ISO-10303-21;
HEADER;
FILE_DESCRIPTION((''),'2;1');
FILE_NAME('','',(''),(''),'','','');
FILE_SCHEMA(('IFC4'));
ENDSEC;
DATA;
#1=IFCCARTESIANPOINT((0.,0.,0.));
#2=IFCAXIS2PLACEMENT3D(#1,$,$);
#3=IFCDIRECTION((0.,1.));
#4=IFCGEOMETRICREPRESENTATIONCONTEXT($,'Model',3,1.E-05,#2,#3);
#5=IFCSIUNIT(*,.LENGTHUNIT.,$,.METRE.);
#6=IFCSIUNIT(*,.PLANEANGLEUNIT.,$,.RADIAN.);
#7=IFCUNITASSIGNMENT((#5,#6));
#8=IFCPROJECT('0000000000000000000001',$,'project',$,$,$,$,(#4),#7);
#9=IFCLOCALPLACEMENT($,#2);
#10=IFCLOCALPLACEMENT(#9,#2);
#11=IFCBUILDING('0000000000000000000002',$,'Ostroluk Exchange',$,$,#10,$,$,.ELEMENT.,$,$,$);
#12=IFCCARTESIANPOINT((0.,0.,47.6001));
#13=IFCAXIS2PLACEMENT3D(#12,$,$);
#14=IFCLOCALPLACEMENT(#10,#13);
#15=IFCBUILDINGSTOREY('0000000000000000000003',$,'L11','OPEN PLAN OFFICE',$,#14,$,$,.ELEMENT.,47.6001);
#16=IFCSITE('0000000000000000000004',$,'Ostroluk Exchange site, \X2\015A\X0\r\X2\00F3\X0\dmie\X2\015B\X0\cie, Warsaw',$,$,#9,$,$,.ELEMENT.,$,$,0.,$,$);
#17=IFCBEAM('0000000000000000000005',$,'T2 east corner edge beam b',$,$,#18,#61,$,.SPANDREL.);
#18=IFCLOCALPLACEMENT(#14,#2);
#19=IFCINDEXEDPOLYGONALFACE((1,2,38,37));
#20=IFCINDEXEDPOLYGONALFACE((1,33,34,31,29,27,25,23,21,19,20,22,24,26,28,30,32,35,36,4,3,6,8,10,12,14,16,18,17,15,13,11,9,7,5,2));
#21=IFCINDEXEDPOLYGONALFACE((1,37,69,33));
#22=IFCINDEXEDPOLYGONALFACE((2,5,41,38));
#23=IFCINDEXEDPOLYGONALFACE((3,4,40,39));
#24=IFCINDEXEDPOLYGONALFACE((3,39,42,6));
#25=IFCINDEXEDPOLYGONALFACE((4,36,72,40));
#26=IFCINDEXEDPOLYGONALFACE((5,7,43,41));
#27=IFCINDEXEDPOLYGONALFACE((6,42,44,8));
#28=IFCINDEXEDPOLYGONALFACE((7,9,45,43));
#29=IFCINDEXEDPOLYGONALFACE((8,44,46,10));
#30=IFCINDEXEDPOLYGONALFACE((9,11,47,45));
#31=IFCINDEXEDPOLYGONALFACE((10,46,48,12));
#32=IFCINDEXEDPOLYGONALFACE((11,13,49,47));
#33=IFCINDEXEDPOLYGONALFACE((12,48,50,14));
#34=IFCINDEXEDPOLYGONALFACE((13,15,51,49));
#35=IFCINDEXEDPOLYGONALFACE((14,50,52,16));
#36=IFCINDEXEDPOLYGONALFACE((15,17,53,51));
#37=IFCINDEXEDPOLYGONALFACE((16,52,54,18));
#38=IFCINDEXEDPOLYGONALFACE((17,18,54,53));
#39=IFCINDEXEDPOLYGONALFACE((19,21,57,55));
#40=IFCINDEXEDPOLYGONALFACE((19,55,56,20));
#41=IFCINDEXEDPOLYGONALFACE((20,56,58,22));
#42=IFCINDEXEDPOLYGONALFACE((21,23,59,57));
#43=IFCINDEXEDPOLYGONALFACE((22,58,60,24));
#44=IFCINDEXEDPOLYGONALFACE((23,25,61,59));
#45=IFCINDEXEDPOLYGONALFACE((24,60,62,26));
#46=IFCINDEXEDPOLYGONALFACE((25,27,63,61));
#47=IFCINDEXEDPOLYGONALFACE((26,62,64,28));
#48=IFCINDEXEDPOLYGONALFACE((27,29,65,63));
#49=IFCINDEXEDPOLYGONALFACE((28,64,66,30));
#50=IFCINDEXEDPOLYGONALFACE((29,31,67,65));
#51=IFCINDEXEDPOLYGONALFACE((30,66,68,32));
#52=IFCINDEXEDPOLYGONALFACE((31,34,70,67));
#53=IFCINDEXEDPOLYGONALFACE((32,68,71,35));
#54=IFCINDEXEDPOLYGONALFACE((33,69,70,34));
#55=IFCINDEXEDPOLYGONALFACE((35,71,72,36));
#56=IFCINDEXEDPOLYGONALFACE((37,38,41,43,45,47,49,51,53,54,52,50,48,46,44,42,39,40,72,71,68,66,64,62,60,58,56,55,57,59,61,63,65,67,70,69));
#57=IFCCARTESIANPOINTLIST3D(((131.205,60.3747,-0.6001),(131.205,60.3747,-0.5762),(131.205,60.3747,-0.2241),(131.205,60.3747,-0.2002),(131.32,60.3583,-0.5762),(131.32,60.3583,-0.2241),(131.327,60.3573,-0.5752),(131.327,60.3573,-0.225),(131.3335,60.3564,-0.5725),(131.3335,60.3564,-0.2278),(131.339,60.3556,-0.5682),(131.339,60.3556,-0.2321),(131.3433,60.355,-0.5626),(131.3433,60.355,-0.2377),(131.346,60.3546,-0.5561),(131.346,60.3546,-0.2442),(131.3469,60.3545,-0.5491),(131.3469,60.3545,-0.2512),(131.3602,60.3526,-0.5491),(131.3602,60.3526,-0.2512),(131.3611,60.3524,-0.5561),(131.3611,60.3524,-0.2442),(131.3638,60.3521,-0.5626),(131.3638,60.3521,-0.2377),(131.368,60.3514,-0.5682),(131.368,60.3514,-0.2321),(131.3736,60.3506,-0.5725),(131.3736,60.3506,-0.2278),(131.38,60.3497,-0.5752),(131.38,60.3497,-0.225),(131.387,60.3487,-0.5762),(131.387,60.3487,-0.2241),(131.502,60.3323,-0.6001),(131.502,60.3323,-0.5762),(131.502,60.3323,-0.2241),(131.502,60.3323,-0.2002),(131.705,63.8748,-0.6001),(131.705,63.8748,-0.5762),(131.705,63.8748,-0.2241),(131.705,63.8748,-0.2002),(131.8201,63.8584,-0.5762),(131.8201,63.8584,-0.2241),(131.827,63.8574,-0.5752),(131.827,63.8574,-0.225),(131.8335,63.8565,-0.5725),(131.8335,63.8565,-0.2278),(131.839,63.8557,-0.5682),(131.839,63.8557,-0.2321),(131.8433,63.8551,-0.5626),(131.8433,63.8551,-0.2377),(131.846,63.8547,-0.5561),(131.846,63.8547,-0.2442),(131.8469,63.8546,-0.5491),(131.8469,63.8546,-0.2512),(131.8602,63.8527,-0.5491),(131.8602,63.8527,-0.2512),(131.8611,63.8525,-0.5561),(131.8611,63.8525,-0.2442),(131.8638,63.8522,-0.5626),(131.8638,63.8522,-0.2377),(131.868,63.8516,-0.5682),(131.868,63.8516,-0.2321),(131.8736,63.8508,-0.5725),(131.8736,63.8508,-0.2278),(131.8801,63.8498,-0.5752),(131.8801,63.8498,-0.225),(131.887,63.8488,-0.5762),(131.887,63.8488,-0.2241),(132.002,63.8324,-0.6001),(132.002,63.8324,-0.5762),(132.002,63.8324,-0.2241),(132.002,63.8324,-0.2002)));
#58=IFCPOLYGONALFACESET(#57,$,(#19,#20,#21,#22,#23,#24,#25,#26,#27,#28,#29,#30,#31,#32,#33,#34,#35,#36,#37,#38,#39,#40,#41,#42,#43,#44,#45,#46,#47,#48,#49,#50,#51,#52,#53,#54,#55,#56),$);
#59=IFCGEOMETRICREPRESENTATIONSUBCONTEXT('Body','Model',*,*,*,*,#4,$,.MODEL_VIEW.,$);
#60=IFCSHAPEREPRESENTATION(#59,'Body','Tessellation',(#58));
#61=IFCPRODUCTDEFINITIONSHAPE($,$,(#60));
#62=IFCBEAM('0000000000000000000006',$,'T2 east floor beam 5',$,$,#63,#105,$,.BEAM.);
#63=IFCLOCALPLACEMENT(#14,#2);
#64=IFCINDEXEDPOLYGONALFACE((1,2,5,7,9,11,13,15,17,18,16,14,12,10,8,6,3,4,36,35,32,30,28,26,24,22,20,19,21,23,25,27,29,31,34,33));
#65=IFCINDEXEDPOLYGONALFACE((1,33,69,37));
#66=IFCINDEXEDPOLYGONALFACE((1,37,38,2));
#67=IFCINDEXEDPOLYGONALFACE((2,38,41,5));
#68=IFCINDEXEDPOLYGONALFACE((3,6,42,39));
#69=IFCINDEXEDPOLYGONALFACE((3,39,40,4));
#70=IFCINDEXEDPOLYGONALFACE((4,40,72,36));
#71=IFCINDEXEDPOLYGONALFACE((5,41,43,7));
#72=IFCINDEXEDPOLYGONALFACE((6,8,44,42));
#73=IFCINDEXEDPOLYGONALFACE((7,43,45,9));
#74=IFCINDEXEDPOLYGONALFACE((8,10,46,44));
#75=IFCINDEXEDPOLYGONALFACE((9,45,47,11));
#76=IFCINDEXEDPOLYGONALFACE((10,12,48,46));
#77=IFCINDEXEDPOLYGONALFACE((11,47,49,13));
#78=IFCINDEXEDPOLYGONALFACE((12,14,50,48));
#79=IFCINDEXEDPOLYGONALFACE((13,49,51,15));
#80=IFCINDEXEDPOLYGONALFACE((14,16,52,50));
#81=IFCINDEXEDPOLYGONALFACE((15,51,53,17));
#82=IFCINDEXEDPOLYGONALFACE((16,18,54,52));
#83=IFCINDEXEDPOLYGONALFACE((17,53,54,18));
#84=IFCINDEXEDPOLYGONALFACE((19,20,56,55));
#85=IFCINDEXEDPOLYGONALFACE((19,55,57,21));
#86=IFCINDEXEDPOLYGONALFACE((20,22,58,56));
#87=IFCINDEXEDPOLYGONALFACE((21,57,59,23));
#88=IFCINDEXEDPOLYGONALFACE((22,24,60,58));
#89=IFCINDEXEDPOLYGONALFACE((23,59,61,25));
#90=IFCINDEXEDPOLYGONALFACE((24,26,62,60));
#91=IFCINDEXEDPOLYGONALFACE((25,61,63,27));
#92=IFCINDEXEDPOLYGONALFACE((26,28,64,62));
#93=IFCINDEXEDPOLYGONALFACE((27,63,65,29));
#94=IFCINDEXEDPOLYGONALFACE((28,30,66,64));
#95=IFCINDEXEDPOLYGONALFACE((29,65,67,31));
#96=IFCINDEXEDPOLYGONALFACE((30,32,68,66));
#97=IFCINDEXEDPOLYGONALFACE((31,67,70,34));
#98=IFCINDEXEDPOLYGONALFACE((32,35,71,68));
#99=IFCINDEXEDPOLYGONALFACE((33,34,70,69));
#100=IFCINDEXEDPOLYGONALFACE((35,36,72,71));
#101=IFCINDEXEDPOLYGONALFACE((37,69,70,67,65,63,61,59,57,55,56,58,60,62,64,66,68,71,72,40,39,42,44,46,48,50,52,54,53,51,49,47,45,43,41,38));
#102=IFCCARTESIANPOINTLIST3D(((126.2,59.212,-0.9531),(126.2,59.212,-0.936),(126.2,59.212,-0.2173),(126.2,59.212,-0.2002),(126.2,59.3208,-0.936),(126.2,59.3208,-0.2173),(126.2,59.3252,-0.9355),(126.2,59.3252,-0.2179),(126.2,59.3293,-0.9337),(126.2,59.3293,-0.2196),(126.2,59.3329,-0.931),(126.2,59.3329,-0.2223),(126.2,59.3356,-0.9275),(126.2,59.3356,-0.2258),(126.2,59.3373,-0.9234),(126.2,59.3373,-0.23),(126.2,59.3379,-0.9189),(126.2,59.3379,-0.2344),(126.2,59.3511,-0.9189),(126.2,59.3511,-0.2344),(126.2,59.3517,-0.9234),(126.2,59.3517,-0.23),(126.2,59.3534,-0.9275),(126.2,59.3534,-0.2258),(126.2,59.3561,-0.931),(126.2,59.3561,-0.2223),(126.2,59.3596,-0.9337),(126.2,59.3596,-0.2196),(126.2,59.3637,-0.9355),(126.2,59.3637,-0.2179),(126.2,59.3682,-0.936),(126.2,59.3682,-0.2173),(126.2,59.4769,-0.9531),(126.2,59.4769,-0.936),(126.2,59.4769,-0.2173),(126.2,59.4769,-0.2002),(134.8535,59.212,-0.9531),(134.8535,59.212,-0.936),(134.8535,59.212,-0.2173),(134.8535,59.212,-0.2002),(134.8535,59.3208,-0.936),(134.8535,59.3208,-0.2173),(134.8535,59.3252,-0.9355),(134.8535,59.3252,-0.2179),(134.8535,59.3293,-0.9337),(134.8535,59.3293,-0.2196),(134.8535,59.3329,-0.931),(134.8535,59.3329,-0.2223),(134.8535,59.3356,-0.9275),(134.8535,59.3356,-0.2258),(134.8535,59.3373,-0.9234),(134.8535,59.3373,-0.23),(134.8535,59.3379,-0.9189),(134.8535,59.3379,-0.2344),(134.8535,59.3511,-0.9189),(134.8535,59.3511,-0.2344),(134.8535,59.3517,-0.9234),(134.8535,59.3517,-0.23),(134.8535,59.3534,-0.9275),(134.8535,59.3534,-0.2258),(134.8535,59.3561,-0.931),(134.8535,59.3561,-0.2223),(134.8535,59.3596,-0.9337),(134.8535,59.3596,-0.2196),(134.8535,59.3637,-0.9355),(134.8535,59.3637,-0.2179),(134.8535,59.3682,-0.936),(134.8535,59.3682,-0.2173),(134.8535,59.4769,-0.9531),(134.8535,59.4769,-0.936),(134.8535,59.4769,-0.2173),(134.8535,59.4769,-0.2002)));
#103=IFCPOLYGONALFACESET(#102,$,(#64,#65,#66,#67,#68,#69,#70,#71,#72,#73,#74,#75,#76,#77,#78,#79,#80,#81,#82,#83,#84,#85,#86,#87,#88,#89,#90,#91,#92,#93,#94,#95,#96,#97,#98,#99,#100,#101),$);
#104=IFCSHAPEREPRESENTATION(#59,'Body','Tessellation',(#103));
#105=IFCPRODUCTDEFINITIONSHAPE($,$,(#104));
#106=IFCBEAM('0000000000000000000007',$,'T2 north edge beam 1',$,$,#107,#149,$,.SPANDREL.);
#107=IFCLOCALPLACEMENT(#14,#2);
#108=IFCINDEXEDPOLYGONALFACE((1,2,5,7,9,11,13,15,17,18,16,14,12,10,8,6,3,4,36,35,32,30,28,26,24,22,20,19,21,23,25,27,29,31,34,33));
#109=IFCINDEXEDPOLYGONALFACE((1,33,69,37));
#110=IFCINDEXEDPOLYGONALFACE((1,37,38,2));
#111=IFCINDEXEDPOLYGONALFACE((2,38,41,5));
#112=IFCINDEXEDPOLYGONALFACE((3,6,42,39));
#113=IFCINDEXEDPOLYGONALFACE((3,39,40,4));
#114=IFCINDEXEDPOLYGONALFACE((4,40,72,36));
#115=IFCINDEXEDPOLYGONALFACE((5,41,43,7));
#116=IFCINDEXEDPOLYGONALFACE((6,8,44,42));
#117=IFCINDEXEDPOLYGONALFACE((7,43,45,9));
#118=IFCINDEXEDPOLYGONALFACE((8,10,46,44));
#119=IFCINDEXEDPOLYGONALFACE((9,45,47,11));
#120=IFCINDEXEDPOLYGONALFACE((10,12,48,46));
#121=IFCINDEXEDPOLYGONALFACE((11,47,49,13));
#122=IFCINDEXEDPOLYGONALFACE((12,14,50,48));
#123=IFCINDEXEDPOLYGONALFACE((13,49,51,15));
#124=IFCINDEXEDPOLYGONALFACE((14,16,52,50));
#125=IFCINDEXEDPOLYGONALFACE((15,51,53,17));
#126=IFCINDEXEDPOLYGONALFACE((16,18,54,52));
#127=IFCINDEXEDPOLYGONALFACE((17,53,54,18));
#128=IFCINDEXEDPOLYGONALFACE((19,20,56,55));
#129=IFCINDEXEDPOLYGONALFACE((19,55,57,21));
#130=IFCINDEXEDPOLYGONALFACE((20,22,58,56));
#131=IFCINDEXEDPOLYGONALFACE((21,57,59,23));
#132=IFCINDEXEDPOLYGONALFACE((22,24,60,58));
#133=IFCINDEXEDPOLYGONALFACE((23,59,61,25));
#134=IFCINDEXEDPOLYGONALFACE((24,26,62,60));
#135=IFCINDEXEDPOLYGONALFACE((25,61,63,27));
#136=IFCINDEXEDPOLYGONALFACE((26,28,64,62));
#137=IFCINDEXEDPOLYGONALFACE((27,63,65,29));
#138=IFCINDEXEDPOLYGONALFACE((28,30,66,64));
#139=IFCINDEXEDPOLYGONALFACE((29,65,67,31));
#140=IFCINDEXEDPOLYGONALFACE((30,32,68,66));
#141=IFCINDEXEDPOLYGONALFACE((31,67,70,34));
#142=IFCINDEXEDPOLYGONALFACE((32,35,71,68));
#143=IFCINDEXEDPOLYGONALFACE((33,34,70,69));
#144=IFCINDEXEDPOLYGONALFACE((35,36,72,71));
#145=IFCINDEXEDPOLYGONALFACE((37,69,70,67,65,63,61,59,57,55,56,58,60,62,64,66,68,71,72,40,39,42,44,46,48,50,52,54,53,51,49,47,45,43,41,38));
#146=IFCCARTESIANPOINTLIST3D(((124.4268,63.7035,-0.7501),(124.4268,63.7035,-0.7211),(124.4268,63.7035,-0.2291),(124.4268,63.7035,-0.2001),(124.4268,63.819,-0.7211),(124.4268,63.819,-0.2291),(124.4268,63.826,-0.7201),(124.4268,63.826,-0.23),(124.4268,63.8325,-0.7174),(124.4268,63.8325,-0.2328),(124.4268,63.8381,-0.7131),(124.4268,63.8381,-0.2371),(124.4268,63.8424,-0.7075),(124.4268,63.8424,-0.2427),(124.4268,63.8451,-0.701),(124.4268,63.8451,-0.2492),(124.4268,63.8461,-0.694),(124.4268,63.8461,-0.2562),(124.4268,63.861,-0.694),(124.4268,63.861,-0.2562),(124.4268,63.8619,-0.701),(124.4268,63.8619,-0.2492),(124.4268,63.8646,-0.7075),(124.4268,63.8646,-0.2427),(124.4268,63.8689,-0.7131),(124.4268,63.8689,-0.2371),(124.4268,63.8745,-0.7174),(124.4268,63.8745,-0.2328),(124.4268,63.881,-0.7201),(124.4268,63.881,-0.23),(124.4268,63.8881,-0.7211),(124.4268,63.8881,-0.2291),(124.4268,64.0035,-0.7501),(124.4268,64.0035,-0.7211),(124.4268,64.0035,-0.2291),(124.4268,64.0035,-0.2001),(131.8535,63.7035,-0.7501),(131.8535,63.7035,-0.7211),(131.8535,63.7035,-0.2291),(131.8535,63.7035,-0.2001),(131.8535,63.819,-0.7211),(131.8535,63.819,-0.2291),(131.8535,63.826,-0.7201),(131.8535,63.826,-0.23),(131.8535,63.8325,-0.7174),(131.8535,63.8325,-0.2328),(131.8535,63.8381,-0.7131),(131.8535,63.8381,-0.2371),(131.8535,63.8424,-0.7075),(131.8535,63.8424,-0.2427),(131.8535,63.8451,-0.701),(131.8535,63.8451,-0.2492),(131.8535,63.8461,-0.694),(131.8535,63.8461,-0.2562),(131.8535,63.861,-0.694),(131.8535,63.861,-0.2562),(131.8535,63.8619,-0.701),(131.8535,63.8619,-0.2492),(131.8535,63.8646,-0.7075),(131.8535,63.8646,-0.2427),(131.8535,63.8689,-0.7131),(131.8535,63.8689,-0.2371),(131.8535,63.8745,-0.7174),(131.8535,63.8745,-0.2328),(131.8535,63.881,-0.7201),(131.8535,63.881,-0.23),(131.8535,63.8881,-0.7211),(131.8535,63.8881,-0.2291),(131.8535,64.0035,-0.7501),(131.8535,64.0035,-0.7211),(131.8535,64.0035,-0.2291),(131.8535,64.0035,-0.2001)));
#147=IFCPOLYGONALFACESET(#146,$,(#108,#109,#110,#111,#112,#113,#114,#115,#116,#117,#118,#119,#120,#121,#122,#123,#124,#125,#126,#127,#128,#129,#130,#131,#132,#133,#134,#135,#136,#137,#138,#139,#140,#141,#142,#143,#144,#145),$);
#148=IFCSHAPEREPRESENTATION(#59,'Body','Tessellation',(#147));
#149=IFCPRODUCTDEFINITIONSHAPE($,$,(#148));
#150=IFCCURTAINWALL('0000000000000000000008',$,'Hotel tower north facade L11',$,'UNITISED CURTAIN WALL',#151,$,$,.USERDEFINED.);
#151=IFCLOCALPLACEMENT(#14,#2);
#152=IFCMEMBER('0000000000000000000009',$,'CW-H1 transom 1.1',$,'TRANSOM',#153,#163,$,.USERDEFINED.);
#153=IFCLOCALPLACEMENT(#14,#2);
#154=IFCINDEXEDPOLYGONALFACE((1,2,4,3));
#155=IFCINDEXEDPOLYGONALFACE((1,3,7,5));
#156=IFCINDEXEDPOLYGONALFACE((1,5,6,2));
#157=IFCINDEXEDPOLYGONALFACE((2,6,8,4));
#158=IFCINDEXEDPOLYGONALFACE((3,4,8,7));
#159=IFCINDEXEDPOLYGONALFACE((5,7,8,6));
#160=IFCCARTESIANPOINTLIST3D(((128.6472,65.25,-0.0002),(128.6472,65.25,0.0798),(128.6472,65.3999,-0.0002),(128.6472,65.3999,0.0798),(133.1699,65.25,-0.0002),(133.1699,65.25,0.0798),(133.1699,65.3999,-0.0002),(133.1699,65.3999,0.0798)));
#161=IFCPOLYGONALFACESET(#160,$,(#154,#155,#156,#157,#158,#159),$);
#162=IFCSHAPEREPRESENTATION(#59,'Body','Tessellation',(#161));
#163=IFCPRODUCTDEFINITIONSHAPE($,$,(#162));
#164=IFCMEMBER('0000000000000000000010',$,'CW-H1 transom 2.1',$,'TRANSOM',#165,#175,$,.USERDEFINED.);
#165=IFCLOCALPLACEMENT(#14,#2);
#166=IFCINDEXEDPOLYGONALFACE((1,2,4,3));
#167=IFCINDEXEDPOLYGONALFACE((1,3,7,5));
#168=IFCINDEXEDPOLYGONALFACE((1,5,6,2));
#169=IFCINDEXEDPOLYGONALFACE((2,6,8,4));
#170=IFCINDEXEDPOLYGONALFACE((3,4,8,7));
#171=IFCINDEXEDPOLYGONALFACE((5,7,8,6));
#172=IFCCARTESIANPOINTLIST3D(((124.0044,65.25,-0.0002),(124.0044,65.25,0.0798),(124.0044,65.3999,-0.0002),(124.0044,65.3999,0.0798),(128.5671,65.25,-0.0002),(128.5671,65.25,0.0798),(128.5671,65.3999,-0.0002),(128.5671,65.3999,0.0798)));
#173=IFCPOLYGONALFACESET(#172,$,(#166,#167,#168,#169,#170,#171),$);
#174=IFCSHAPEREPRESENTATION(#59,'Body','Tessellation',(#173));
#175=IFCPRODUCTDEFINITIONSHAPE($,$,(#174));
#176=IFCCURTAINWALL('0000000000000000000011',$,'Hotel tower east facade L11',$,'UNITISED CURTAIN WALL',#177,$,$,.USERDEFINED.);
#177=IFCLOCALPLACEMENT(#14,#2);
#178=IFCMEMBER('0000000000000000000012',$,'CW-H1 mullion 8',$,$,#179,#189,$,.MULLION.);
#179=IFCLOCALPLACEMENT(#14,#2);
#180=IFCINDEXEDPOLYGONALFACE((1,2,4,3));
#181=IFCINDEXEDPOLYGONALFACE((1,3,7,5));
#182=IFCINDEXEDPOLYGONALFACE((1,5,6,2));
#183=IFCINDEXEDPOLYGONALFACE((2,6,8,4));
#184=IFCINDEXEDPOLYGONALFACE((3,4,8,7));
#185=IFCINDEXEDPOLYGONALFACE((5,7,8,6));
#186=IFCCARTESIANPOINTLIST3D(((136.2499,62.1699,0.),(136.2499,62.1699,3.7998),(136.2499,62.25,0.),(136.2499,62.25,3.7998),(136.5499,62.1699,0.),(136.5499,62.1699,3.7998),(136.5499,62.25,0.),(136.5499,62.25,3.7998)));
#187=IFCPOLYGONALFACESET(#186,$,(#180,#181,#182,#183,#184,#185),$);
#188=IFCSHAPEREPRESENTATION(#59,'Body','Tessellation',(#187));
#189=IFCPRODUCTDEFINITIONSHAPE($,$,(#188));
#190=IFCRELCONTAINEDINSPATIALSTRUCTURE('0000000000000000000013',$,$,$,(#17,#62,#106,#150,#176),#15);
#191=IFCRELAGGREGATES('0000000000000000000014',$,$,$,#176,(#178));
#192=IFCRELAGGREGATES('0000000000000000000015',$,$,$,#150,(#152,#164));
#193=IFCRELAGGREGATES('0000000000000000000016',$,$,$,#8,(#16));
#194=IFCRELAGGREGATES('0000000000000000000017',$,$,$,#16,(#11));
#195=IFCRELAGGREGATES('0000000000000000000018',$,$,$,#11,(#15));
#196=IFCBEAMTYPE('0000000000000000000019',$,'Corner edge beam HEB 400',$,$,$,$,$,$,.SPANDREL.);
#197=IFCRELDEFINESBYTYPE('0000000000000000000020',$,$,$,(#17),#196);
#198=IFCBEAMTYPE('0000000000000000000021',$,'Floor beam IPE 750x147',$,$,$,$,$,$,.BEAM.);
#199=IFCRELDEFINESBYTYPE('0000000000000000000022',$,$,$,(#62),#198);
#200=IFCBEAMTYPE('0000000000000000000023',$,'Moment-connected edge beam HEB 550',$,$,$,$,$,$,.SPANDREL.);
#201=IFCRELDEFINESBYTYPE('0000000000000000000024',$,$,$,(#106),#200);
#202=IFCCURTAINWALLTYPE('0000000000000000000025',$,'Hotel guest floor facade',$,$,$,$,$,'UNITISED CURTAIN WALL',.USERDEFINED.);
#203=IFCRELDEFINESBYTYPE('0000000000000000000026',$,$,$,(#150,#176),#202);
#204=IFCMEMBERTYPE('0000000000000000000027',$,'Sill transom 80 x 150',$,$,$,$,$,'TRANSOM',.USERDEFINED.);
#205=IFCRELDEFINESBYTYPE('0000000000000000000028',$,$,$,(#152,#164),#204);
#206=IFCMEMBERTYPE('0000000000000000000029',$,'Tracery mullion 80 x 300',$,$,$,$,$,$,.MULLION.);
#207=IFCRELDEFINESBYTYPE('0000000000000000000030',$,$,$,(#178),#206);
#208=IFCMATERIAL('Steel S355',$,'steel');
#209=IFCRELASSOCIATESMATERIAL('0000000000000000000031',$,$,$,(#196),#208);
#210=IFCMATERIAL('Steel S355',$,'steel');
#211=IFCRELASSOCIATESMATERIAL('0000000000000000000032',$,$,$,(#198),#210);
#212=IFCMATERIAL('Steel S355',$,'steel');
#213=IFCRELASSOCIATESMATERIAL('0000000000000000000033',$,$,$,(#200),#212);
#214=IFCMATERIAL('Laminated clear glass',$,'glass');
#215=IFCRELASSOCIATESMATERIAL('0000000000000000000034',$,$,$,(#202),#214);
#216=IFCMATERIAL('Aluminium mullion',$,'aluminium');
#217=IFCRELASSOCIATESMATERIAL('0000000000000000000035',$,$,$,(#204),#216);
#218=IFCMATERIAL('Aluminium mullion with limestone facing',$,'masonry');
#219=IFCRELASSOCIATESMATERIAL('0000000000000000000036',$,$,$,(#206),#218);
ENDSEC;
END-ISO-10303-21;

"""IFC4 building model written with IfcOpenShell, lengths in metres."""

from ifc_helpers import new_model, si_unit, direction, frame, origin, origin_2d, place, context, subcontext, project, spatial, rectangle, i_section, extrude, material, material_profile, profile_set, type_object, element, aggregate, save


model = new_model("IFC4")

# Units and contexts
model_context = context("Model", 3, precision=1e-05, world=origin(), true_north=direction((0.0, 1.0)))
body_context = subcontext(model_context, "Body", "Model", "MODEL_VIEW")
ifc_project = project(units=[si_unit("LENGTHUNIT", "METRE"), si_unit("PLANEANGLEUNIT", "RADIAN")], contexts=[model_context])

# Site, building, storey
site_placement = place(None, origin())
site = spatial("IfcSite", under=ifc_project, at=site_placement, Name="Ostroluk Exchange site, Śródmieście, Warsaw", CompositionType="ELEMENT", RefElevation=0.0)
building_placement = place(site_placement, origin())
building = spatial("IfcBuilding", under=site, at=building_placement, Name="Ostroluk Exchange", CompositionType="ELEMENT")
storey_placement = place(building_placement, frame((0.0, 0.0, 47.6001)))
storey = spatial("IfcBuildingStorey", under=building, at=storey_placement, Name="L11", Description="OPEN PLAN OFFICE", CompositionType="ELEMENT", Elevation=47.6001)

# Beams
ifc_material_1 = material(Name="Steel S355", Category="steel")
ifc_material_profile_1 = material_profile(ifc_material_1, i_section(OverallWidth=0.3, OverallDepth=0.3999, WebThickness=0.0134, FlangeThickness=0.0239, FilletRadius=0.0271, at=origin_2d()), Name="HEB 400")
ifc_profile_set_1 = profile_set([ifc_material_profile_1], Name="Steel S355")
beam_type_1 = type_object("IfcBeamType", Name="Corner edge beam HEB 400", PredefinedType="SPANDREL", material=ifc_profile_set_1)
for number, where, z_axis, x_axis, name in (
    (1, (131.3535, 60.3535, -0.4001), (0.141421, 0.989949, 0.0), (-0.989949, 0.141421, 0.0), "T2 east corner edge beam b"),
):
    element("IfcBeam", number, at=place(storey_placement, frame(where, z_axis=z_axis, x_axis=x_axis)), inside=storey, type_object=beam_type_1, Name=name, PredefinedType="SPANDREL", context=body_context, shape_type="SweptSolid", body=[
        extrude(i_section(OverallWidth=0.3, OverallDepth=0.3999, WebThickness=0.0134, FlangeThickness=0.0239, FilletRadius=0.0271, at=origin_2d()), origin(), (0.0, 0.0, 1.0), 3.5356),
    ])
ifc_material_2 = material(Name="Steel S355", Category="steel")
ifc_material_profile_2 = material_profile(ifc_material_2, i_section(OverallWidth=0.2649, OverallDepth=0.7529, WebThickness=0.0132, FlangeThickness=0.0171, FilletRadius=0.0171, at=origin_2d()), Name="IPE 750x147")
ifc_profile_set_2 = profile_set([ifc_material_profile_2], Name="Steel S355")
beam_type_2 = type_object("IfcBeamType", Name="Floor beam IPE 750x147", PredefinedType="BEAM", material=ifc_profile_set_2)
beam_1_placement = place(storey_placement, frame((126.2, 59.3445, -0.5767), z_axis=(1.0, 0.0, 0.0), x_axis=(0.0, 1.0, 0.0)))
element("IfcBeam", 2, at=beam_1_placement, inside=storey, type_object=beam_type_2, Name="T2 east floor beam 5", PredefinedType="BEAM", context=body_context, shape_type="SweptSolid", body=[
    extrude(i_section(OverallWidth=0.2649, OverallDepth=0.7529, WebThickness=0.0132, FlangeThickness=0.0171, FilletRadius=0.0171, at=origin_2d()), origin(), (0.0, 0.0, 1.0), 8.6536),
])
ifc_material_3 = material(Name="Steel S355", Category="steel")
ifc_material_profile_3 = material_profile(ifc_material_3, i_section(OverallWidth=0.3, OverallDepth=0.55, WebThickness=0.0149, FlangeThickness=0.0291, FilletRadius=0.0271, at=origin_2d()), Name="HEB 550")
ifc_profile_set_3 = profile_set([ifc_material_profile_3], Name="Steel S355")
beam_type_3 = type_object("IfcBeamType", Name="Moment-connected edge beam HEB 550", PredefinedType="SPANDREL", material=ifc_profile_set_3)
beam_2_placement = place(storey_placement, frame((131.8535, 63.8535, -0.4751), z_axis=(-1.0, 0.0, 0.0), x_axis=(0.0, -1.0, 0.0)))
element("IfcBeam", 3, at=beam_2_placement, inside=storey, type_object=beam_type_3, Name="T2 north edge beam 1", PredefinedType="SPANDREL", context=body_context, shape_type="SweptSolid", body=[
    extrude(i_section(OverallWidth=0.3, OverallDepth=0.55, WebThickness=0.0149, FlangeThickness=0.0291, FilletRadius=0.0271, at=origin_2d()), origin(), (0.0, 0.0, 1.0), 7.4268),
])

# Curtain wall, members
ifc_material_4 = material(Name="Laminated clear glass", Category="glass")
curtain_wall_type = type_object("IfcCurtainWallType", Name="Hotel guest floor facade", ElementType="UNITISED CURTAIN WALL", PredefinedType="USERDEFINED", material=ifc_material_4)
curtain_wall_1_placement = place(storey_placement, origin())
curtain_wall_1 = element("IfcCurtainWall", 4, at=curtain_wall_1_placement, inside=storey, type_object=curtain_wall_type, Name="Hotel tower north facade L11", ObjectType="UNITISED CURTAIN WALL", PredefinedType="USERDEFINED")
ifc_material_5 = material(Name="Aluminium mullion", Category="aluminium")
ifc_material_profile_4 = material_profile(ifc_material_5, rectangle(XDim=0.1499, YDim=0.0801, at=origin_2d()), Name="Sill transom 80 x 150")
ifc_profile_set_4 = profile_set([ifc_material_profile_4], Name="Aluminium mullion")
member_type_1 = type_object("IfcMemberType", Name="Sill transom 80 x 150", ElementType="TRANSOM", PredefinedType="USERDEFINED", material=ifc_profile_set_4)
member_1_placement = place(storey_placement, frame((133.1699, 65.325, 0.0398), z_axis=(-1.0, 0.0, 0.0), x_axis=(0.0, -1.0, 0.0)))
member_1 = element("IfcMember", 5, at=member_1_placement, type_object=member_type_1, Name="CW-H1 transom 1.1", ObjectType="TRANSOM", PredefinedType="USERDEFINED", context=body_context, shape_type="SweptSolid", body=[
    extrude(rectangle(XDim=0.1499, YDim=0.0801, at=origin_2d()), origin(), (0.0, 0.0, 1.0), 4.5227),
])
member_2_placement = place(storey_placement, frame((128.5671, 65.325, 0.0398), z_axis=(-1.0, 0.0, 0.0), x_axis=(0.0, -1.0, 0.0)))
member_2 = element("IfcMember", 6, at=member_2_placement, type_object=member_type_1, Name="CW-H1 transom 2.1", ObjectType="TRANSOM", PredefinedType="USERDEFINED", context=body_context, shape_type="SweptSolid", body=[
    extrude(rectangle(XDim=0.1499, YDim=0.0801, at=origin_2d()), origin(), (0.0, 0.0, 1.0), 4.5627),
])

# Curtain wall, member
curtain_wall_2_placement = place(storey_placement, origin())
curtain_wall_2 = element("IfcCurtainWall", 7, at=curtain_wall_2_placement, inside=storey, type_object=curtain_wall_type, Name="Hotel tower east facade L11", ObjectType="UNITISED CURTAIN WALL", PredefinedType="USERDEFINED")
ifc_material_6 = material(Name="Aluminium mullion with limestone facing", Category="masonry")
ifc_material_profile_5 = material_profile(ifc_material_6, rectangle(XDim=0.3, YDim=0.0801, at=origin_2d()), Name="Tracery mullion 80 x 300")
ifc_profile_set_5 = profile_set([ifc_material_profile_5], Name="Aluminium mullion with limestone facing")
member_type_2 = type_object("IfcMemberType", Name="Tracery mullion 80 x 300", PredefinedType="MULLION", material=ifc_profile_set_5)
member_3_placement = place(storey_placement, frame((136.3999, 62.21, 0.0), z_axis=(0.0, 0.0, 1.0), x_axis=(-1.0, 0.0, 0.0)))
member_3 = element("IfcMember", 8, at=member_3_placement, type_object=member_type_2, Name="CW-H1 mullion 8", PredefinedType="MULLION", context=body_context, shape_type="SweptSolid", body=[
    extrude(rectangle(XDim=0.3, YDim=0.0801, at=origin_2d()), origin(), (0.0, 0.0, 1.0), 3.7998),
])

aggregate(curtain_wall_2, [member_3])
aggregate(curtain_wall_1, [member_1, member_2])

save(model, "model.ifc")
